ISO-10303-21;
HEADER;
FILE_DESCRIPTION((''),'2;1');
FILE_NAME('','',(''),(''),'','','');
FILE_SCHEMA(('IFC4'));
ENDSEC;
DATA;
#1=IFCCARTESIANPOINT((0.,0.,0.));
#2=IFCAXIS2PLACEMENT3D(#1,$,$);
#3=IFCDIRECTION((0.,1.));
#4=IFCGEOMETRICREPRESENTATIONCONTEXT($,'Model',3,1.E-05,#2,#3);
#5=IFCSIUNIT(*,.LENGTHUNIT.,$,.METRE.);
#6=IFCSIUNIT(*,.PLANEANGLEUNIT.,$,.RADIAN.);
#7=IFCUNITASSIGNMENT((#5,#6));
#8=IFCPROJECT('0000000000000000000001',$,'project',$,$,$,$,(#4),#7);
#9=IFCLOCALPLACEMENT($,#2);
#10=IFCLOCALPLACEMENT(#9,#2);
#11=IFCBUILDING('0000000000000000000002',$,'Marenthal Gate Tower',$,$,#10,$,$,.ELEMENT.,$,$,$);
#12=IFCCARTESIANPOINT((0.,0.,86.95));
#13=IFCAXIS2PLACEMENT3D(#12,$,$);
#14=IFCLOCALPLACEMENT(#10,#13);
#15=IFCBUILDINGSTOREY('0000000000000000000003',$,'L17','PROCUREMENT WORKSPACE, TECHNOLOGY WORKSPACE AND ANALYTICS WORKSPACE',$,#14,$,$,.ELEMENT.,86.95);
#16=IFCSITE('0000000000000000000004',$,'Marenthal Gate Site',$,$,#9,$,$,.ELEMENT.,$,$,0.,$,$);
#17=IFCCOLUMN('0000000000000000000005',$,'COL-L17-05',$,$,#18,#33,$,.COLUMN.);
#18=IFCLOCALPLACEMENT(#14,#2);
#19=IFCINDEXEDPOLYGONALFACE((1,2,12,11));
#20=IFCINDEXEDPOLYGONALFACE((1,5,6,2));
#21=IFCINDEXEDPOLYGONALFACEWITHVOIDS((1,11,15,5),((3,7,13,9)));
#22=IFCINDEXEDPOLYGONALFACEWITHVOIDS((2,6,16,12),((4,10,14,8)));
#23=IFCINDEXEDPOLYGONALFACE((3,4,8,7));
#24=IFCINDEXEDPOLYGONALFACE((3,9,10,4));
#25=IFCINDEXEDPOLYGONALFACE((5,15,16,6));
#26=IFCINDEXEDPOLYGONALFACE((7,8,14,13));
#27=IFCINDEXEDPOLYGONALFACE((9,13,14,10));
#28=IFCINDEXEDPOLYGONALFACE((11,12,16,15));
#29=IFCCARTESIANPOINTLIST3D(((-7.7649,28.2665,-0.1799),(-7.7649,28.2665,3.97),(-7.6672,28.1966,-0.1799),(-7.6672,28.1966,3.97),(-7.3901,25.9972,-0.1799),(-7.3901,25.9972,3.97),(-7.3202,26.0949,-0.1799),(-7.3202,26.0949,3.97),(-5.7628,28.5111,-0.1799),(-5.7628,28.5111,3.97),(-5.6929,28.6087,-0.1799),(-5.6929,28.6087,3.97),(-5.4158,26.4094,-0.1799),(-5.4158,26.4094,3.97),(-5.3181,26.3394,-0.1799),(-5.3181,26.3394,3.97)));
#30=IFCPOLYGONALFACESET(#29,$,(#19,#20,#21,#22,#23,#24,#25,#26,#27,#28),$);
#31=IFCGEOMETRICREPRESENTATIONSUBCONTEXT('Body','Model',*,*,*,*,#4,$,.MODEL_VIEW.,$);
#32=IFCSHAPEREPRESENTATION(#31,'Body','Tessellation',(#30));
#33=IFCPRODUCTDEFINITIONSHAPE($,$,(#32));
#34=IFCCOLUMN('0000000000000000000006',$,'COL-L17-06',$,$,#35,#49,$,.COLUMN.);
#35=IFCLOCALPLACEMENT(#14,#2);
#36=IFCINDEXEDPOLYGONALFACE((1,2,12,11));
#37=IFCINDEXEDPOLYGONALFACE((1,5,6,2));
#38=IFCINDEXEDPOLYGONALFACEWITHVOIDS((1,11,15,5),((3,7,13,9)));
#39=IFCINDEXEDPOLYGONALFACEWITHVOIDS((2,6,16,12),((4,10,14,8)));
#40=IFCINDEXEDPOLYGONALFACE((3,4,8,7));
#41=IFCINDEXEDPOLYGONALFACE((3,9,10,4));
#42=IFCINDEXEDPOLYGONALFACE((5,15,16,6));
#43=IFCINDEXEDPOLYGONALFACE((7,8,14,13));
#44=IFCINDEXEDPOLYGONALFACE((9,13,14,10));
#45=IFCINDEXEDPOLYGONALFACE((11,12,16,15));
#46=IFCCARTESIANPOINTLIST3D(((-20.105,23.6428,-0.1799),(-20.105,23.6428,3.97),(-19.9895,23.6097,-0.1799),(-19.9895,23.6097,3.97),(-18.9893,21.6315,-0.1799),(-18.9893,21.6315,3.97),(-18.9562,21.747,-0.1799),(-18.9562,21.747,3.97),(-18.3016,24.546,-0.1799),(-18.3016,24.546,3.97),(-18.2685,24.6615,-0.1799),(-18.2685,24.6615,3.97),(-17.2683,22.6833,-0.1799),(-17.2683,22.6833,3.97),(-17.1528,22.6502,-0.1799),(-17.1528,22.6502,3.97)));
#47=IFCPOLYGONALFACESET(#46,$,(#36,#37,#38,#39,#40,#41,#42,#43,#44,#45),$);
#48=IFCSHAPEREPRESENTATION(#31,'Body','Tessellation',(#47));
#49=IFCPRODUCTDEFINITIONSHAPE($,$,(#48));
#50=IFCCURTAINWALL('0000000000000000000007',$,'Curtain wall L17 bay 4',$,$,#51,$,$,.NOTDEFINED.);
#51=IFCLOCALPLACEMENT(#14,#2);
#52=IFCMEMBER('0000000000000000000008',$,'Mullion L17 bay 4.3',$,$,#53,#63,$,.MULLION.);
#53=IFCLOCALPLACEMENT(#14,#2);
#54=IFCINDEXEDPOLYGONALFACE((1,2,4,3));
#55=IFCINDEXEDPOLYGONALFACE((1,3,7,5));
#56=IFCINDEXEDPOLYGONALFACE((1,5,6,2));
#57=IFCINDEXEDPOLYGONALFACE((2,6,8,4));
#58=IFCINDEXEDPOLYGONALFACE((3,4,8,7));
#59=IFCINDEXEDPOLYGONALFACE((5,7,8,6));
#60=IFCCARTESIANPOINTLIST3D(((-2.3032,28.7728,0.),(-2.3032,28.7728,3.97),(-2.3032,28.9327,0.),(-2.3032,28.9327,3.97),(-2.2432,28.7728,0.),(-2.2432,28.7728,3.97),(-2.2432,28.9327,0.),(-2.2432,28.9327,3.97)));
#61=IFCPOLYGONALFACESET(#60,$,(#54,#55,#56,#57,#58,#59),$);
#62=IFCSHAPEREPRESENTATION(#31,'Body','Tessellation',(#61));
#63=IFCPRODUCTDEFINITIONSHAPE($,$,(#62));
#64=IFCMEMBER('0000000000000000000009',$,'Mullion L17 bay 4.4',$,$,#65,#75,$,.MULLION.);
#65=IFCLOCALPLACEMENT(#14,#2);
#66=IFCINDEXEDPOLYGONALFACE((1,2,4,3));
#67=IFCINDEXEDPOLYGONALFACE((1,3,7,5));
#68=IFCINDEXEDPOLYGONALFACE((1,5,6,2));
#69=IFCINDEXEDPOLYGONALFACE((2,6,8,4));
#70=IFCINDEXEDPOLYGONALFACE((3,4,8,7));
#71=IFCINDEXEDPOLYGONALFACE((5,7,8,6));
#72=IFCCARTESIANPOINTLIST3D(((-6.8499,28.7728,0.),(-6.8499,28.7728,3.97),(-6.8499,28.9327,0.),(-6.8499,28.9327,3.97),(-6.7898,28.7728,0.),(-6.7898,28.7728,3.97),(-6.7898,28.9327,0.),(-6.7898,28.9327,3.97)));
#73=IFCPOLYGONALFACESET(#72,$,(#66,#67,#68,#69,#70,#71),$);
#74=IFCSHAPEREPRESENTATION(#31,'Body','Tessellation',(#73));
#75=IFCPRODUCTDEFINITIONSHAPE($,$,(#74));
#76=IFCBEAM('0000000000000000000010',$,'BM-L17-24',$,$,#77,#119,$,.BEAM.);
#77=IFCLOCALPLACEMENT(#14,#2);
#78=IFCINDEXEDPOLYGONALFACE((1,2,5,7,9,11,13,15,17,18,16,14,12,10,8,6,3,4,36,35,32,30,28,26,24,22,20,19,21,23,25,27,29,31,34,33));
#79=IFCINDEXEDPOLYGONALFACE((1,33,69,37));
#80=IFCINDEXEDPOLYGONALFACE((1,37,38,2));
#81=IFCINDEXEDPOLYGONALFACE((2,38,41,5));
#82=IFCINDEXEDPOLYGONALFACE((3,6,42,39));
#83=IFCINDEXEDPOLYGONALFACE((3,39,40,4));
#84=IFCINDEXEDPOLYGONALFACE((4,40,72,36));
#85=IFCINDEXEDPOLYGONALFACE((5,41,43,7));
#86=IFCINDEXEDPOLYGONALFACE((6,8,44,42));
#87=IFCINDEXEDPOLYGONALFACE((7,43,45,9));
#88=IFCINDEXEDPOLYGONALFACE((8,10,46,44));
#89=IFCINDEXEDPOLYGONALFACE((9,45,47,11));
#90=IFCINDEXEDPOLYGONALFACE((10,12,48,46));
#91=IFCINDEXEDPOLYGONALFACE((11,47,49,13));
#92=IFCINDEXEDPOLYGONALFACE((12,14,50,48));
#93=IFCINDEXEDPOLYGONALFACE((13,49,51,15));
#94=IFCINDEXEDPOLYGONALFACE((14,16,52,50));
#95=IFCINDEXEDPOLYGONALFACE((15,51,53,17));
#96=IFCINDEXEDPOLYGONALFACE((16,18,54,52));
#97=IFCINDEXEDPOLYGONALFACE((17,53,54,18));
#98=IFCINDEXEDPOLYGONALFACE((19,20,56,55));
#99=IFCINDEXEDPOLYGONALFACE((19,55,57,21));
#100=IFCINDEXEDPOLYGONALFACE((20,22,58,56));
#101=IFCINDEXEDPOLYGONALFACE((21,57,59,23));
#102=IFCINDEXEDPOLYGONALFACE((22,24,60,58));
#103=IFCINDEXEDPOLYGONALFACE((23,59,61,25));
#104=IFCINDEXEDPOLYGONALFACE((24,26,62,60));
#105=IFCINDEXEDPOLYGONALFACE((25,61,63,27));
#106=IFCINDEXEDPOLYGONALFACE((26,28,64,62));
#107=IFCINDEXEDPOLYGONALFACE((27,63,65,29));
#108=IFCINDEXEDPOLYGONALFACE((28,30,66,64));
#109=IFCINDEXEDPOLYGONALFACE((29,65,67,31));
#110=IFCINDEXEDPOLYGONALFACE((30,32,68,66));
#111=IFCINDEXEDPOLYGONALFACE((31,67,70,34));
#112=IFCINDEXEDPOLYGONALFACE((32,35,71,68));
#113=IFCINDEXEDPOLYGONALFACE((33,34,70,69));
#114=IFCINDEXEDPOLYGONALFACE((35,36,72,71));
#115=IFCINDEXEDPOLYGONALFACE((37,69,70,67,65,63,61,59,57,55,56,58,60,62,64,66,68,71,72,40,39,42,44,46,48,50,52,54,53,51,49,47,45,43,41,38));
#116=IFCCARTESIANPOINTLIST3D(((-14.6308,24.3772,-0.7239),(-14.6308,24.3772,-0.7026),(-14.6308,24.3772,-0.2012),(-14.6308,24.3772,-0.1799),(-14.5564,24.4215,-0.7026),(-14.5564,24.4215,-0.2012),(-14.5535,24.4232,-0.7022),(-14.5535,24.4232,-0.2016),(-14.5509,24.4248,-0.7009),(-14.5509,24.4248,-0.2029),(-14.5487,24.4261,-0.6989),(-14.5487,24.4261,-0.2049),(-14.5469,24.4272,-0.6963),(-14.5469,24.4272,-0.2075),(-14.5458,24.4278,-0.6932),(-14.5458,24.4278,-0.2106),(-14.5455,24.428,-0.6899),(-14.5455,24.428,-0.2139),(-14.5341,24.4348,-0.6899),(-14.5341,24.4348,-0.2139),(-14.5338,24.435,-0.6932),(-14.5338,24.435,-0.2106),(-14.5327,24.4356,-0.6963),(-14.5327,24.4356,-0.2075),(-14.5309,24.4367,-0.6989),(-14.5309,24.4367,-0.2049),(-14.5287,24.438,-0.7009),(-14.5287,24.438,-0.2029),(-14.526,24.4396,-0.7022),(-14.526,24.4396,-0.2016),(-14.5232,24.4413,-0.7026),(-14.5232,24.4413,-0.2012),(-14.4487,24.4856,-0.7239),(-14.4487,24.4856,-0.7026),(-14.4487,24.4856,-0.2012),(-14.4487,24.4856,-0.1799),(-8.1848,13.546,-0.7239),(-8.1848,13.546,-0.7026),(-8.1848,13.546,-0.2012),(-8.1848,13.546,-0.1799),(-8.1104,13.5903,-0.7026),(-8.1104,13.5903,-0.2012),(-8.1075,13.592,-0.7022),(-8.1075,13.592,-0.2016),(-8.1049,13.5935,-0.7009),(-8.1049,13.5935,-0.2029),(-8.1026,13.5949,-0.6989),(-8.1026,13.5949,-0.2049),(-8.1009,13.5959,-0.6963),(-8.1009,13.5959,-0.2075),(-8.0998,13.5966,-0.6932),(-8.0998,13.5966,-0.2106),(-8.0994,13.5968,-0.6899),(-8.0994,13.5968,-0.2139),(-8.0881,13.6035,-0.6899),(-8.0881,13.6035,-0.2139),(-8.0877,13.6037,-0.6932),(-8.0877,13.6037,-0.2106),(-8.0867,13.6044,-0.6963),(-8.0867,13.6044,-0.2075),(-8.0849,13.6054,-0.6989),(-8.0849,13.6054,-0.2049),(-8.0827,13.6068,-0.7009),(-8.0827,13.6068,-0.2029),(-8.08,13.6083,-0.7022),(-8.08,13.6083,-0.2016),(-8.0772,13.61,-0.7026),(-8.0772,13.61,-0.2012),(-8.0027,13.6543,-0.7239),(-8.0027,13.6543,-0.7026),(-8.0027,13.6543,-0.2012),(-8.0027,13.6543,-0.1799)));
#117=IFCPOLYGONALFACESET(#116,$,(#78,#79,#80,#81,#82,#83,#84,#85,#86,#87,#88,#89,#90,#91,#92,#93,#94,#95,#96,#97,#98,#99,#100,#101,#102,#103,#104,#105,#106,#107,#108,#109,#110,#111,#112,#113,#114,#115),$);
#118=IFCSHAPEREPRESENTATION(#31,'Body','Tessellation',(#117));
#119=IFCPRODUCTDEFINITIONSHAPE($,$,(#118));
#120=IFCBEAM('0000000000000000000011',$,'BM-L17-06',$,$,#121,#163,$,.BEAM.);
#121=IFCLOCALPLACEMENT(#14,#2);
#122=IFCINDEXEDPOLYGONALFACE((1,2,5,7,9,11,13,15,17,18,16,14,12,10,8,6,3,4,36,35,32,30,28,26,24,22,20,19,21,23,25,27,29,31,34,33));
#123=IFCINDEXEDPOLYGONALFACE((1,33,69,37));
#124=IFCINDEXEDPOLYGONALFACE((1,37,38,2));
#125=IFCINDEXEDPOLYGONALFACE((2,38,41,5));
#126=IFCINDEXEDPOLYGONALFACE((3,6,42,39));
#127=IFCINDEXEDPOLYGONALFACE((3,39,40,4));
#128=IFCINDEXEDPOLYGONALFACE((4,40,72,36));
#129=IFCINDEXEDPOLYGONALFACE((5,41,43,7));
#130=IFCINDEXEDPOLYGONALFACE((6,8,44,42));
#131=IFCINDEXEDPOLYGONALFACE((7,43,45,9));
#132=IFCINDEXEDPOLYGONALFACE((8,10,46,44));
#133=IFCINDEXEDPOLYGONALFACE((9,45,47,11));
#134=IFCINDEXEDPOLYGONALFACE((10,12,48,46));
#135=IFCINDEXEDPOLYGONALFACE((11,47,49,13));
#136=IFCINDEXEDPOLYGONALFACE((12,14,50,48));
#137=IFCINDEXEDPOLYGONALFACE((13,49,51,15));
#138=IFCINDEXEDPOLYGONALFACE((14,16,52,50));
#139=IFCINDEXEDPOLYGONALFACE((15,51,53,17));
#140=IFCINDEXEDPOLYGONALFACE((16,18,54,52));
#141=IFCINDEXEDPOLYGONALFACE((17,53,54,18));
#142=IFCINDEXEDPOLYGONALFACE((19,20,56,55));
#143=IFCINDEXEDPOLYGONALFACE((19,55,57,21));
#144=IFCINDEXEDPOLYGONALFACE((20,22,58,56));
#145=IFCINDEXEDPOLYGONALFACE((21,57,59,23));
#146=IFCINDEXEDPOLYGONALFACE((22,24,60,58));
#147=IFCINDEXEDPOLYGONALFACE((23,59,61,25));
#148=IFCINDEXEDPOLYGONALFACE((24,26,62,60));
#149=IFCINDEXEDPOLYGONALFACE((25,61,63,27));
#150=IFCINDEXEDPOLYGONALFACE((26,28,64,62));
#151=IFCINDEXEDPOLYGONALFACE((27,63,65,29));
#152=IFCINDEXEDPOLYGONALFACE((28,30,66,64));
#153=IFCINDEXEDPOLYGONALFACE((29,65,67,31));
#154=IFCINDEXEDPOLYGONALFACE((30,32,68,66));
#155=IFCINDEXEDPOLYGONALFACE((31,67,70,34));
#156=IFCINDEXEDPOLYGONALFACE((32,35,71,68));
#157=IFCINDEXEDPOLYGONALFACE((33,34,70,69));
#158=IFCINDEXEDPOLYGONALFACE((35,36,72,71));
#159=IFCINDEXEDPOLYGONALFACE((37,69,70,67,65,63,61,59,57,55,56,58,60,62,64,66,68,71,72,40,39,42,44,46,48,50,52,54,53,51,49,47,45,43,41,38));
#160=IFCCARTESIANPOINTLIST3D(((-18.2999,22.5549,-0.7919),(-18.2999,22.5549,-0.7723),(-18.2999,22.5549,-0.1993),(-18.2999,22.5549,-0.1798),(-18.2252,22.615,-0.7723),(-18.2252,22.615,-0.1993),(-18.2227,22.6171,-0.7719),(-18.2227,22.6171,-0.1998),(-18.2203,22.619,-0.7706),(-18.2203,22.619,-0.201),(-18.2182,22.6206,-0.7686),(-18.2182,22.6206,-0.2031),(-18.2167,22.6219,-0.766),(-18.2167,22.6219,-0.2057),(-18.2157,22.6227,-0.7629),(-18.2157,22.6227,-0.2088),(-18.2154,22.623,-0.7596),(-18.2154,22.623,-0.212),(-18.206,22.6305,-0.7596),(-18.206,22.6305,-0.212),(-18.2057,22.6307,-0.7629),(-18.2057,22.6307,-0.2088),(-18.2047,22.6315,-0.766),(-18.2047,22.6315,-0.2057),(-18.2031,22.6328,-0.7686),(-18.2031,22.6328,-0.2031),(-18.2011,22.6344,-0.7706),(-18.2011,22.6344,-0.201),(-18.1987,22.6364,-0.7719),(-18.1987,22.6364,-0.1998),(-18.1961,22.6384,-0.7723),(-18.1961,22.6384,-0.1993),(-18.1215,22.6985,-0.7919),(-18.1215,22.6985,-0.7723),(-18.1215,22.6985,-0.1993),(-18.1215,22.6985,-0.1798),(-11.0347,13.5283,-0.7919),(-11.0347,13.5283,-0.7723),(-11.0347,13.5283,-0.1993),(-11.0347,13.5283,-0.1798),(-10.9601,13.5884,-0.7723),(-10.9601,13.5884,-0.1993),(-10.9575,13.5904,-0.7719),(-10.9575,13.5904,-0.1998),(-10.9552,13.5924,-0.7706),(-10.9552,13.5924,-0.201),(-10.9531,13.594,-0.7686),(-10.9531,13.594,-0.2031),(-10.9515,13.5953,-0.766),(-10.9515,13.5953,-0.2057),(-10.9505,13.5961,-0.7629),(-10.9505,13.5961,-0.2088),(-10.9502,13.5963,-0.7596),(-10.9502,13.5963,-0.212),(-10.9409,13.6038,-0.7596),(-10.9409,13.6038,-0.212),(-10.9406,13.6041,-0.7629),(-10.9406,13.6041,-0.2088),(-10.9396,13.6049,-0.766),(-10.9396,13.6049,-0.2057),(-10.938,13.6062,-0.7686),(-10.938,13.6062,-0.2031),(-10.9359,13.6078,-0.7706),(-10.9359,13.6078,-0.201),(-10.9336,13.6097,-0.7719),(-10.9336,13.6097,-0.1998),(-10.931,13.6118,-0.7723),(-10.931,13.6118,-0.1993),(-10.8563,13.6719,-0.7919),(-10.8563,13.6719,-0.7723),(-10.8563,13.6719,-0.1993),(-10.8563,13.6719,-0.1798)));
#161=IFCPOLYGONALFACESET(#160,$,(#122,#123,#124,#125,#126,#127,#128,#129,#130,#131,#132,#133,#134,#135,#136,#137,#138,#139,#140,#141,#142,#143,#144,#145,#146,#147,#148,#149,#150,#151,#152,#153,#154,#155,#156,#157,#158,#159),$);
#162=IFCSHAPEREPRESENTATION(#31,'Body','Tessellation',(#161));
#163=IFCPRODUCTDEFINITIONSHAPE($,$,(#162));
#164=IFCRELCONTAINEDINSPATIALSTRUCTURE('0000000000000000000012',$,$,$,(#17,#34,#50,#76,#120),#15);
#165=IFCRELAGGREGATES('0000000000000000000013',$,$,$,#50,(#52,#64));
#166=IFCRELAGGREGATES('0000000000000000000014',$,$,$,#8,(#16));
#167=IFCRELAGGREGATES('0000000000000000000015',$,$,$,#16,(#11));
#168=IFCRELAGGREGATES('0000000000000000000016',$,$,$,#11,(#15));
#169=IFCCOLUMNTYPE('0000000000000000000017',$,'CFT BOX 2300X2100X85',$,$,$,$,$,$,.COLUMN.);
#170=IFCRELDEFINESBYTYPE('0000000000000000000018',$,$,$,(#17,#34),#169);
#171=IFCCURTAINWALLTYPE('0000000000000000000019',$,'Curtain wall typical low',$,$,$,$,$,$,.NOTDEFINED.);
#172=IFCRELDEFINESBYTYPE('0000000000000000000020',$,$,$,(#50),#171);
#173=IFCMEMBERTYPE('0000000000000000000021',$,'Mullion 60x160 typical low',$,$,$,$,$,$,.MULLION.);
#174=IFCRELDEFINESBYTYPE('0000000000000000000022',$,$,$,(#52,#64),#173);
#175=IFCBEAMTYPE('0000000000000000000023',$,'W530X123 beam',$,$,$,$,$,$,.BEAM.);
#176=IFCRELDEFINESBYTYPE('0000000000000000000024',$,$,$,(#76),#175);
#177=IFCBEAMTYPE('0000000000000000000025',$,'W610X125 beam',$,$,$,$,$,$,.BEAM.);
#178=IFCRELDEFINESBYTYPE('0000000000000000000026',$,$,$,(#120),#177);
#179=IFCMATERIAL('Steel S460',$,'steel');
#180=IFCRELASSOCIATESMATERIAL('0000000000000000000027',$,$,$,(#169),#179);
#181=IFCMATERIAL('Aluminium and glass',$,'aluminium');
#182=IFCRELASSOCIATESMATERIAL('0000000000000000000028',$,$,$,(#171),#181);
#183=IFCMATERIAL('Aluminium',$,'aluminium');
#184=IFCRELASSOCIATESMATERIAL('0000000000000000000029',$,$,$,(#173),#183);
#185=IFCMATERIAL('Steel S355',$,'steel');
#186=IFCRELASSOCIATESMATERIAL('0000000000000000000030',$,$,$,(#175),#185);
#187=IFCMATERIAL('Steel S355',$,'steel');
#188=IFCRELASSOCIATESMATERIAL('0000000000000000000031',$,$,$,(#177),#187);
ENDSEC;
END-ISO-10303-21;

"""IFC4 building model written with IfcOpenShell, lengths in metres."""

from ifc_helpers import new_model, si_unit, direction, frame, origin, origin_2d, place, context, subcontext, project, spatial, rectangle, hollow_rectangle, i_section, extrude, material, material_profile, profile_set, type_object, element, aggregate, save


model = new_model("IFC4")

# Units and contexts
model_context = context("Model", 3, precision=1e-05, world=origin(), true_north=direction((0.0, 1.0)))
body_context = subcontext(model_context, "Body", "Model", "MODEL_VIEW")
ifc_project = project(units=[si_unit("LENGTHUNIT", "METRE"), si_unit("PLANEANGLEUNIT", "RADIAN")], contexts=[model_context])

# Site, building, storey
site_placement = place(None, origin())
site = spatial("IfcSite", under=ifc_project, at=site_placement, Name="Marenthal Gate Site", CompositionType="ELEMENT", RefElevation=0.0)
building_placement = place(site_placement, origin())
building = spatial("IfcBuilding", under=site, at=building_placement, Name="Marenthal Gate Tower", CompositionType="ELEMENT")
storey_placement = place(building_placement, frame((0.0, 0.0, 86.95)))
storey = spatial("IfcBuildingStorey", under=building, at=storey_placement, Name="L17", Description="PROCUREMENT WORKSPACE, TECHNOLOGY WORKSPACE AND ANALYTICS WORKSPACE", CompositionType="ELEMENT", Elevation=86.95)

# Columns
ifc_material_1 = material(Name="Steel S460", Category="steel")
ifc_material_profile_1 = material_profile(ifc_material_1, hollow_rectangle(XDim=2.1001, YDim=2.3, WallThickness=0.085, at=origin_2d()), Name="CFT BOX 2300X2100X85")
ifc_material_2 = material(Name="Concrete 70 MPa", Category="concrete")
ifc_material_profile_2 = material_profile(ifc_material_2, rectangle(XDim=1.9299, YDim=2.1299, at=origin_2d()), Name="CFT BOX 2300X2100X85 INFILL")
ifc_profile_set_1 = profile_set([ifc_material_profile_1, ifc_material_profile_2], Name="Steel S460 shell, Concrete 70 MPa infill")
column_type = type_object("IfcColumnType", Name="CFT BOX 2300X2100X85", PredefinedType="COLUMN", material=ifc_profile_set_1)
for number, where, z_axis, x_axis, name in (
    (1, (-6.5415, 27.303, -0.1799), (0.0, 0.0, 1.0), (0.986637, 0.162933, 0.0), "COL-L17-05"),
    (2, (-18.6289, 23.1465, -0.1799), (0.0, 0.0, 1.0), (0.874462, 0.485094, 0.0), "COL-L17-06"),
):
    element("IfcColumn", number, at=place(storey_placement, frame(where, z_axis=z_axis, x_axis=x_axis)), inside=storey, type_object=column_type, Name=name, PredefinedType="COLUMN", context=body_context, shape_type="SweptSolid", body=[
        extrude(hollow_rectangle(XDim=2.1001, YDim=2.3, WallThickness=0.085, at=origin_2d()), origin(), (0.0, 0.0, 1.0), 4.1499),
    ])

# Curtain wall, members
ifc_material_3 = material(Name="Aluminium and glass", Category="aluminium")
curtain_wall_type = type_object("IfcCurtainWallType", Name="Curtain wall typical low", PredefinedType="NOTDEFINED", material=ifc_material_3)
curtain_wall_placement = place(storey_placement, origin())
curtain_wall = element("IfcCurtainWall", 3, at=curtain_wall_placement, inside=storey, type_object=curtain_wall_type, Name="Curtain wall L17 bay 4", PredefinedType="NOTDEFINED")
ifc_material_4 = material(Name="Aluminium", Category="aluminium")
ifc_material_profile_3 = material_profile(ifc_material_4, rectangle(XDim=0.1599, YDim=0.0601, at=origin_2d()), Name="60x160 aluminium mullion")
ifc_profile_set_2 = profile_set([ifc_material_profile_3], Name="Aluminium")
member_type = type_object("IfcMemberType", Name="Mullion 60x160 typical low", PredefinedType="MULLION", material=ifc_profile_set_2)
member_1_placement = place(storey_placement, frame((-2.2732, 28.8528, 0.0), z_axis=(0.0, 0.0, 1.0), x_axis=(0.0, -1.0, 0.0)))
member_1 = element("IfcMember", 4, at=member_1_placement, type_object=member_type, Name="Mullion L17 bay 4.3", PredefinedType="MULLION", context=body_context, shape_type="SweptSolid", body=[
    extrude(rectangle(XDim=0.1599, YDim=0.0601, at=origin_2d()), origin(), (0.0, 0.0, 1.0), 3.97),
])
member_2_placement = place(storey_placement, frame((-6.8198, 28.8528, 0.0), z_axis=(0.0, 0.0, 1.0), x_axis=(0.0, -1.0, 0.0)))
member_2 = element("IfcMember", 5, at=member_2_placement, type_object=member_type, Name="Mullion L17 bay 4.4", PredefinedType="MULLION", context=body_context, shape_type="SweptSolid", body=[
    extrude(rectangle(XDim=0.1599, YDim=0.0601, at=origin_2d()), origin(), (0.0, 0.0, 1.0), 3.97),
])

# Beams
ifc_material_5 = material(Name="Steel S355", Category="steel")
ifc_material_profile_4 = material_profile(ifc_material_5, i_section(OverallWidth=0.2119, OverallDepth=0.5439, WebThickness=0.0132, FlangeThickness=0.0212, FilletRadius=0.0127, at=origin_2d()), Name="W530X123")
ifc_profile_set_3 = profile_set([ifc_material_profile_4], Name="Steel S355")
beam_type_1 = type_object("IfcBeamType", Name="W530X123 beam", PredefinedType="BEAM", material=ifc_profile_set_3)
beam_1_placement = place(storey_placement, frame((-14.5398, 24.4314, -0.4519), z_axis=(0.511416, -0.859333, 0.0), x_axis=(0.859333, 0.511416, 0.0)))
element("IfcBeam", 6, at=beam_1_placement, inside=storey, type_object=beam_type_1, Name="BM-L17-24", PredefinedType="BEAM", context=body_context, shape_type="SweptSolid", body=[
    extrude(i_section(OverallWidth=0.2119, OverallDepth=0.5439, WebThickness=0.0132, FlangeThickness=0.0212, FilletRadius=0.0127, at=origin_2d()), origin(), (0.0, 0.0, 1.0), 12.6042),
])
ifc_material_6 = material(Name="Steel S355", Category="steel")
ifc_material_profile_5 = material_profile(ifc_material_6, i_section(OverallWidth=0.229, OverallDepth=0.6121, WebThickness=0.012, FlangeThickness=0.0195, FilletRadius=0.0127, at=origin_2d()), Name="W610X125")
ifc_profile_set_4 = profile_set([ifc_material_profile_5], Name="Steel S355")
beam_type_2 = type_object("IfcBeamType", Name="W610X125 beam", PredefinedType="BEAM", material=ifc_profile_set_4)
beam_2_placement = place(storey_placement, frame((-18.2107, 22.6267, -0.4858), z_axis=(0.627, -0.779019, 0.0), x_axis=(0.779019, 0.627, 0.0)))
element("IfcBeam", 7, at=beam_2_placement, inside=storey, type_object=beam_type_2, Name="BM-L17-06", PredefinedType="BEAM", context=body_context, shape_type="SweptSolid", body=[
    extrude(i_section(OverallWidth=0.229, OverallDepth=0.6121, WebThickness=0.012, FlangeThickness=0.0195, FilletRadius=0.0127, at=origin_2d()), origin(), (0.0, 0.0, 1.0), 11.5872),
])

aggregate(curtain_wall, [member_1, member_2])

save(model, "model.ifc")
